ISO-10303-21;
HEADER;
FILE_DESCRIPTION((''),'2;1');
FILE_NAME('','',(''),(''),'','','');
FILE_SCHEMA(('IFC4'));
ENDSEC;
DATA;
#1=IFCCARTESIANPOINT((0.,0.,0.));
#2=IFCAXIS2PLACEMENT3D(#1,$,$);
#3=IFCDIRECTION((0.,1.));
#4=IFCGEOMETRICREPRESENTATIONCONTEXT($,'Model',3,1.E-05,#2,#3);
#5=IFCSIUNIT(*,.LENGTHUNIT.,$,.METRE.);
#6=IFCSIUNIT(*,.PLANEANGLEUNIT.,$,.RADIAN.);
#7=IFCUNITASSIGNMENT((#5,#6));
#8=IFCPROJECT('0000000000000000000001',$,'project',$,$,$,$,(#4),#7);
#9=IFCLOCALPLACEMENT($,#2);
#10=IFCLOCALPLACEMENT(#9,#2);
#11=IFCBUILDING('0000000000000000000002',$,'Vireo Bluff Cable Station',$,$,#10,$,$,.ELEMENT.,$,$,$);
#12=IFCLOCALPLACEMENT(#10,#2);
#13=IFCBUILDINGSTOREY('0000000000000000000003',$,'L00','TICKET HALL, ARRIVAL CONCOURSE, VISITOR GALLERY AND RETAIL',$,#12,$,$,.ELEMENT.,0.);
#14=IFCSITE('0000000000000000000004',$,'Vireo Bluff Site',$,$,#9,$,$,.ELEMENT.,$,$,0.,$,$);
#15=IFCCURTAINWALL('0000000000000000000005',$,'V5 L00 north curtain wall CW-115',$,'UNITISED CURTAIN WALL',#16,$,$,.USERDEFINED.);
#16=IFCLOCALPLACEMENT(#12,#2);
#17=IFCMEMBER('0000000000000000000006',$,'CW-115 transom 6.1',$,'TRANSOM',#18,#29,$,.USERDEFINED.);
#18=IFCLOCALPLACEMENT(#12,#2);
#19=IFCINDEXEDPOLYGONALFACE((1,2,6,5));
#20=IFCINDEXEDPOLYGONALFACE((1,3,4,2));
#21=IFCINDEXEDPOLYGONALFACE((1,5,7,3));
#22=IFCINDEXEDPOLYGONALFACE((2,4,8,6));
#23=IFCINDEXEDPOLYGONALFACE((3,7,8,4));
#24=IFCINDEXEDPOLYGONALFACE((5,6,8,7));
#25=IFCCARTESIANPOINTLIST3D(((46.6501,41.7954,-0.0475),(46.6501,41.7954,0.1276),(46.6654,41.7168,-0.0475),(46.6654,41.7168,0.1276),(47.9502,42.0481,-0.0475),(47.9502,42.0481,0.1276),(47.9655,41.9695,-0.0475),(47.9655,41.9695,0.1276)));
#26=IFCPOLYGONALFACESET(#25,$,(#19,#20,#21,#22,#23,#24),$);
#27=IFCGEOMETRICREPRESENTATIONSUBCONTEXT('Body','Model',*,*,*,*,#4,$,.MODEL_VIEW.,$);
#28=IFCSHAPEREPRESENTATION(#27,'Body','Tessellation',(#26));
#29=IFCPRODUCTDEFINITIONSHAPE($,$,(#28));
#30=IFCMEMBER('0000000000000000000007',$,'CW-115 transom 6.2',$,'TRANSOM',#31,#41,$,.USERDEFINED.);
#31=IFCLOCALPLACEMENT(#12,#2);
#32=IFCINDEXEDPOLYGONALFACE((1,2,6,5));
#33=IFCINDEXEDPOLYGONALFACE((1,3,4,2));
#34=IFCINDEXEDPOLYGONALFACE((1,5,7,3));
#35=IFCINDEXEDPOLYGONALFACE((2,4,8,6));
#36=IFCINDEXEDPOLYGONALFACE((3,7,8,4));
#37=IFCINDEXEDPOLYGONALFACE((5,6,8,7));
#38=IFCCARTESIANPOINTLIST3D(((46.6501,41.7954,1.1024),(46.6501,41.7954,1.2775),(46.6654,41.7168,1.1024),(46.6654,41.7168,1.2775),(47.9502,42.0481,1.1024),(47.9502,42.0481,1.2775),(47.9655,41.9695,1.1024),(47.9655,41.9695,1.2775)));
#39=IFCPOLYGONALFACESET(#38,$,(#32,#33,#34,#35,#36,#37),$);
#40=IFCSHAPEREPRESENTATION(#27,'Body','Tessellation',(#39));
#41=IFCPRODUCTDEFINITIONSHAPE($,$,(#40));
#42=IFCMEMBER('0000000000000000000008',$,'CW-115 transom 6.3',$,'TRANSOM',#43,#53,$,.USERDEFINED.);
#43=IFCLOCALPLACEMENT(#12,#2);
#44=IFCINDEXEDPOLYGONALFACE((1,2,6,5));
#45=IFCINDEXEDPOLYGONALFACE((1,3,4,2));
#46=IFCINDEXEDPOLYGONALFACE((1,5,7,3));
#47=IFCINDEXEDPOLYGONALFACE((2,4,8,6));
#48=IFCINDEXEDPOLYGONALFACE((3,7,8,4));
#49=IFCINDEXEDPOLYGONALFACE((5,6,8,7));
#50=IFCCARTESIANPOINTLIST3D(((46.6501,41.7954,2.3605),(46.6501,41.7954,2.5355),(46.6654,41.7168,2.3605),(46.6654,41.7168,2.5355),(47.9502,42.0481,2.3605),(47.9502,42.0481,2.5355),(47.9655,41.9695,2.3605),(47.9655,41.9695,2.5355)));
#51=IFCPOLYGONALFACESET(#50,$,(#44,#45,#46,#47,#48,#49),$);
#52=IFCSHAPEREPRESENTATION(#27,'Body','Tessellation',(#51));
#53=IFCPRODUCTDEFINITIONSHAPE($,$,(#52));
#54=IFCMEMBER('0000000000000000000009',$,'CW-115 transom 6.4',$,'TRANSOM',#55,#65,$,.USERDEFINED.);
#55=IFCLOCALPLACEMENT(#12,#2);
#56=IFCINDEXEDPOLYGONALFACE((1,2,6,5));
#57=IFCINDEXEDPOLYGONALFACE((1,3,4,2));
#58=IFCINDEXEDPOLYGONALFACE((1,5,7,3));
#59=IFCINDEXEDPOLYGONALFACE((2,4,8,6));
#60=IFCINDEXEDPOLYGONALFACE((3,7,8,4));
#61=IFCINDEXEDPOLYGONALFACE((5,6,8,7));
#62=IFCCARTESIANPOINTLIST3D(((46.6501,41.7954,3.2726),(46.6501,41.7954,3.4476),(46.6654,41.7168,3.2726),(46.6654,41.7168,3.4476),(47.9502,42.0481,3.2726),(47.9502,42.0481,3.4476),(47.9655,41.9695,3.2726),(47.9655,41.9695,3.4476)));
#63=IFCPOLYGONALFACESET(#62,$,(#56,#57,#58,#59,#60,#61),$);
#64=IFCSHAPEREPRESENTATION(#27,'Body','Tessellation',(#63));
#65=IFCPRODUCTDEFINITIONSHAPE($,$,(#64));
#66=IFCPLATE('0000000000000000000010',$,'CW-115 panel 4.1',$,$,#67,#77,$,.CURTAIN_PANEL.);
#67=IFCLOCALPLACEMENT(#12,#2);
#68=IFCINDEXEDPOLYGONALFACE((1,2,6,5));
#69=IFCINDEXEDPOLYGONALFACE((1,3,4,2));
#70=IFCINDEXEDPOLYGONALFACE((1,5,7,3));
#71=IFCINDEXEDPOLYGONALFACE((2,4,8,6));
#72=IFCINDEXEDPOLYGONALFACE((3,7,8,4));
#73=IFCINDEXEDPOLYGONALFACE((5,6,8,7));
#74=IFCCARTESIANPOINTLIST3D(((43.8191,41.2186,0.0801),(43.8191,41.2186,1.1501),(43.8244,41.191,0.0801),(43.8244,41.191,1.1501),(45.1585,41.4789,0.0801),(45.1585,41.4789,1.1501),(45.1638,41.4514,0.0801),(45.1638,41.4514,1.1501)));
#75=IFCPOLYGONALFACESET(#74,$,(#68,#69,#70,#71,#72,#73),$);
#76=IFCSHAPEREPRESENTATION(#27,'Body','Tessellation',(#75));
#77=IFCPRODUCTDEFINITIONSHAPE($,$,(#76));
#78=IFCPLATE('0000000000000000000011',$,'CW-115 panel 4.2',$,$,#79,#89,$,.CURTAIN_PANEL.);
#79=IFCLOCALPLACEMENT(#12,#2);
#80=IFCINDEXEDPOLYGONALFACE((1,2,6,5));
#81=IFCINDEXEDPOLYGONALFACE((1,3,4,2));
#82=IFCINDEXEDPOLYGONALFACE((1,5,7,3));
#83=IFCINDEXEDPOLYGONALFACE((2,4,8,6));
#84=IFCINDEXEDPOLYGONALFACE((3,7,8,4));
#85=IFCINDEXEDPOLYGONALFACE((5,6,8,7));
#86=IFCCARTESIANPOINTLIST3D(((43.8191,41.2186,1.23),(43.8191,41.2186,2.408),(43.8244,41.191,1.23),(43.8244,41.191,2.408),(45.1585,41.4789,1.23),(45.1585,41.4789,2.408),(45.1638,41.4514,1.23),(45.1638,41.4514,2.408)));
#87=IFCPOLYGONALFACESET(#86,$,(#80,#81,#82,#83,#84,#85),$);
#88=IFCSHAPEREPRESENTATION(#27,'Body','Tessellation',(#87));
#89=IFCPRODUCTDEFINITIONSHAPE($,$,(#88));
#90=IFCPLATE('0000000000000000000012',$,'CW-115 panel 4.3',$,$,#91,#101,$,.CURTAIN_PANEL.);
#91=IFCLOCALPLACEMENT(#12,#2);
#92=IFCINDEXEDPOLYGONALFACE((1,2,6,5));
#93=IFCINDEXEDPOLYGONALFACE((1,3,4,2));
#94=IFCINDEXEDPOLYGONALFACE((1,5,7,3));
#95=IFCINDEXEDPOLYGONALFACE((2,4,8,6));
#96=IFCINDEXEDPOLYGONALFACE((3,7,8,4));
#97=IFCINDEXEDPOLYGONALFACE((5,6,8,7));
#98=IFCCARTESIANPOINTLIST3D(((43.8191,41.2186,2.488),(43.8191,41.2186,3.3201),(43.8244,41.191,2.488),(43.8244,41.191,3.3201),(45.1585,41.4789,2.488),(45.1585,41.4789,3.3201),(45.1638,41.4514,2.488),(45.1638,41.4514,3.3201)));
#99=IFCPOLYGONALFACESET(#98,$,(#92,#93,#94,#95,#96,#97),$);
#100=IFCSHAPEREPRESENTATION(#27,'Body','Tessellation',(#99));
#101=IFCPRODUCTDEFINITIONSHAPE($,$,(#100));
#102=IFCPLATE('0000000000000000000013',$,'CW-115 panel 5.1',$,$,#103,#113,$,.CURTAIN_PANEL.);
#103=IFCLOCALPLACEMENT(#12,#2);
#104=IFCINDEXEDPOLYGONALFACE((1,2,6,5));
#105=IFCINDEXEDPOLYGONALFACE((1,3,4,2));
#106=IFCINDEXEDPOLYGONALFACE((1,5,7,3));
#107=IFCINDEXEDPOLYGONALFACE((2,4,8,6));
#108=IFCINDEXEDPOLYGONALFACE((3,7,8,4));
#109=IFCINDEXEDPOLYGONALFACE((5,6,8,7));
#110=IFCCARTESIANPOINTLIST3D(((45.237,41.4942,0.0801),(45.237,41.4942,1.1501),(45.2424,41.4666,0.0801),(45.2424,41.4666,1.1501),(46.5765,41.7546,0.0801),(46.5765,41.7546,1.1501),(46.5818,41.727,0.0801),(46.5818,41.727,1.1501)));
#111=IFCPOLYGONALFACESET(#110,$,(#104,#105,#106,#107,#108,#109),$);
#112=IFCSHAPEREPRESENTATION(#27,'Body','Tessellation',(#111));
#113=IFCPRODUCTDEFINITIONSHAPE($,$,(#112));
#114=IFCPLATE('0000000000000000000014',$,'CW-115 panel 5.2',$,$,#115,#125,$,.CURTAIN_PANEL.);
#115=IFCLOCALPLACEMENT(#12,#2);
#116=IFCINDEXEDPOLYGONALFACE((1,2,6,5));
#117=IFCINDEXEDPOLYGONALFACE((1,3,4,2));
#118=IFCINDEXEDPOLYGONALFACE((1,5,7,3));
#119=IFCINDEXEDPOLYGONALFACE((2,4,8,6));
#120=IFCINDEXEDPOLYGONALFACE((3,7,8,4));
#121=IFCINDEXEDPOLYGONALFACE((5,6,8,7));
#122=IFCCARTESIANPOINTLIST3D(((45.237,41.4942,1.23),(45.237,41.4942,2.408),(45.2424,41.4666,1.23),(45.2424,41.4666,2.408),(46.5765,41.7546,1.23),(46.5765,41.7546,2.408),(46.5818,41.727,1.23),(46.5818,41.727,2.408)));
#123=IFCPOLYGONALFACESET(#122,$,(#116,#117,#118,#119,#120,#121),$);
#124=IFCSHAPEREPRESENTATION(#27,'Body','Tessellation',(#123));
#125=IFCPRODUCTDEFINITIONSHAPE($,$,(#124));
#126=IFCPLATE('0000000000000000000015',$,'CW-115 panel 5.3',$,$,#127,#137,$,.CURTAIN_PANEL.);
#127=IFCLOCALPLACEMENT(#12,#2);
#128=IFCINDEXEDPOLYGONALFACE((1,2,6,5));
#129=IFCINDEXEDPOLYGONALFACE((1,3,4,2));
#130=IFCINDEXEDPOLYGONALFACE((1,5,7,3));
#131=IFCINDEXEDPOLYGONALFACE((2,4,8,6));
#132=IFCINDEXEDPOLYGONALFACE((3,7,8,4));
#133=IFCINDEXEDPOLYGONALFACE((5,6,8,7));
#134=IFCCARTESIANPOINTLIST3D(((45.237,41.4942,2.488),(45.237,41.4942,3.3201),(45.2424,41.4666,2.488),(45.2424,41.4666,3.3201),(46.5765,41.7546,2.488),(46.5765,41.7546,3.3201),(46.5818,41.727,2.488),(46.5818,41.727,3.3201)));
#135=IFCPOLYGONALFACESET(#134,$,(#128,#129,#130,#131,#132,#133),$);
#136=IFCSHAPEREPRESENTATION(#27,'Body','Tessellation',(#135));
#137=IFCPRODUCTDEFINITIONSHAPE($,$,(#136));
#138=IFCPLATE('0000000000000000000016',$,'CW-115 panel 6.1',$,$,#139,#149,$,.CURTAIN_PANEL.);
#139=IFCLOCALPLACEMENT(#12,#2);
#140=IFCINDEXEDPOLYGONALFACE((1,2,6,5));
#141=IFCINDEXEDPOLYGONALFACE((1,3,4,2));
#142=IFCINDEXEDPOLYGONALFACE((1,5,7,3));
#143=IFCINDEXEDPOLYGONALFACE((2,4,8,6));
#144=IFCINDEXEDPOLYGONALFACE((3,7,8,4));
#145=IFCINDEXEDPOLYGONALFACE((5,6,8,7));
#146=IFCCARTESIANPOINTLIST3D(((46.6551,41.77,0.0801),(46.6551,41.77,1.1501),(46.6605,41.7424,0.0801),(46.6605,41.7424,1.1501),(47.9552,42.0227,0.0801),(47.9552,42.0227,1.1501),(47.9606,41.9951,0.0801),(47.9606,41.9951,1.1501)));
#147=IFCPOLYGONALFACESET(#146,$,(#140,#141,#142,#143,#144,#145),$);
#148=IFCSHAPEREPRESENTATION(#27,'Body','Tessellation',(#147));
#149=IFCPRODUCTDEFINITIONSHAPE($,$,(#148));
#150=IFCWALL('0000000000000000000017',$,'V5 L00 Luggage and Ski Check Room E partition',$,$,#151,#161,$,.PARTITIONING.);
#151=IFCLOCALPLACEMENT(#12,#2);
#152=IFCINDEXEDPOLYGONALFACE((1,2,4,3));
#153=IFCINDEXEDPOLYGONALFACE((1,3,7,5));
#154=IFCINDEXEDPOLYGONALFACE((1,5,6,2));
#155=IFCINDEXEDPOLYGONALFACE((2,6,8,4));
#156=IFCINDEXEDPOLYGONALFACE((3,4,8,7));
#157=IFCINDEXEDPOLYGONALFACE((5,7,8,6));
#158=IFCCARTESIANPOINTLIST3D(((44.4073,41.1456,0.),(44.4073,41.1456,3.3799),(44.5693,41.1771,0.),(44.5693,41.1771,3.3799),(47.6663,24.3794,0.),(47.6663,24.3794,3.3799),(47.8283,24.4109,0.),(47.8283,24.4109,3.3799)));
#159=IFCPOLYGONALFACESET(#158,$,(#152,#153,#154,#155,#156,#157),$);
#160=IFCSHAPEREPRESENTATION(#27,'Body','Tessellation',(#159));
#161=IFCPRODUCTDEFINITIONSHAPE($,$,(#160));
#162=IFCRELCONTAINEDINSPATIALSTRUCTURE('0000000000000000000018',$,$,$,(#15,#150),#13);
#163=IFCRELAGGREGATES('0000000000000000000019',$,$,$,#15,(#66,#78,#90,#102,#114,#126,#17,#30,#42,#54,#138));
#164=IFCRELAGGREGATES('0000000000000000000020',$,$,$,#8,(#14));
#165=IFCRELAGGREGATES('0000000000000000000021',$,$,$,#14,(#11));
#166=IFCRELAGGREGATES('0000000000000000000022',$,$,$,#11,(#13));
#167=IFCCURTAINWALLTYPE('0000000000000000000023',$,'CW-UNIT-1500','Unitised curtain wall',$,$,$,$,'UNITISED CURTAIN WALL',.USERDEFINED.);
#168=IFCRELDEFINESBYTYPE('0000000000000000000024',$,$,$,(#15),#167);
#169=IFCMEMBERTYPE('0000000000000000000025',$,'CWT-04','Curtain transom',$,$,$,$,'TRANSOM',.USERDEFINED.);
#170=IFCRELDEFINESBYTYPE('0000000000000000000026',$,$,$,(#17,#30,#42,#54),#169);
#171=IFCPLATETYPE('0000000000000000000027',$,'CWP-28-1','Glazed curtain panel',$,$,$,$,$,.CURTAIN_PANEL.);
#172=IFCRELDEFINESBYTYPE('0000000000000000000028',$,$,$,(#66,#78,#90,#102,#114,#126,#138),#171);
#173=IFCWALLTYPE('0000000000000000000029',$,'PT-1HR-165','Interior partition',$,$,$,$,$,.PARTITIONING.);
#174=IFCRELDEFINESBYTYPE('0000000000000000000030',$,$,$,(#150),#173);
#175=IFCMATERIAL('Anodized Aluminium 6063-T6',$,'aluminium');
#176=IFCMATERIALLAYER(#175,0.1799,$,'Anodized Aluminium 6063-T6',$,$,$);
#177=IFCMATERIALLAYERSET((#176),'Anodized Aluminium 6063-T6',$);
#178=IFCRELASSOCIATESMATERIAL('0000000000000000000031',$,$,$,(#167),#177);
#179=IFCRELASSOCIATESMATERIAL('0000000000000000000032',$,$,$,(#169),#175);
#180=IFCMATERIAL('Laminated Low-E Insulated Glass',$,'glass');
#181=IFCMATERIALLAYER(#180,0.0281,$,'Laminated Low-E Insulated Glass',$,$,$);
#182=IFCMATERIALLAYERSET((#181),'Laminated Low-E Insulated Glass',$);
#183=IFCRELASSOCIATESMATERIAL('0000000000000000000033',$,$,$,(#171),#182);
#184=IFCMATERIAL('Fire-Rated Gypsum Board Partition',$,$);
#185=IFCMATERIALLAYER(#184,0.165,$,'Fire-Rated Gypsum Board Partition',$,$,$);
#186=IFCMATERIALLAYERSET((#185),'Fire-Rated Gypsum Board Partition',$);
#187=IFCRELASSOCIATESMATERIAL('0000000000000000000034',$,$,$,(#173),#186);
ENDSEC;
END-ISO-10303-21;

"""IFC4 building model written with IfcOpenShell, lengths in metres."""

from ifc_helpers import new_model, si_unit, direction, frame, frame_2d, origin, origin_2d, place, context, subcontext, project, spatial, rectangle, extrude, material, layer, layer_set, material_profile, profile_set, type_object, element, aggregate, save


model = new_model("IFC4")

# Units and contexts
model_context = context("Model", 3, precision=1e-05, world=origin(), true_north=direction((0.0, 1.0)))
body_context = subcontext(model_context, "Body", "Model", "MODEL_VIEW")
ifc_project = project(units=[si_unit("LENGTHUNIT", "METRE"), si_unit("PLANEANGLEUNIT", "RADIAN")], contexts=[model_context])

# Site, building, storey
site_placement = place(None, origin())
site = spatial("IfcSite", under=ifc_project, at=site_placement, Name="Vireo Bluff Site", CompositionType="ELEMENT", RefElevation=0.0)
building_placement = place(site_placement, origin())
building = spatial("IfcBuilding", under=site, at=building_placement, Name="Vireo Bluff Cable Station", CompositionType="ELEMENT")
storey_placement = place(building_placement, origin())
storey = spatial("IfcBuildingStorey", under=building, at=storey_placement, Name="L00", Description="TICKET HALL, ARRIVAL CONCOURSE, VISITOR GALLERY AND RETAIL", CompositionType="ELEMENT", Elevation=0.0)

# Curtain wall, members, plates
ifc_material_1 = material(Name="Anodized Aluminium 6063-T6", Category="aluminium")
ifc_layer_1 = layer(ifc_material_1, 0.1799, Name="Anodized Aluminium 6063-T6")
ifc_layer_set_1 = layer_set([ifc_layer_1], Name="Anodized Aluminium 6063-T6")
curtain_wall_type = type_object("IfcCurtainWallType", Name="CW-UNIT-1500", Description="Unitised curtain wall", ElementType="UNITISED CURTAIN WALL", PredefinedType="USERDEFINED", material=ifc_layer_set_1)
curtain_wall_placement = place(storey_placement, origin())
curtain_wall = element("IfcCurtainWall", 1, at=curtain_wall_placement, inside=storey, type_object=curtain_wall_type, Name="V5 L00 north curtain wall CW-115", ObjectType="UNITISED CURTAIN WALL", PredefinedType="USERDEFINED")
ifc_material_profile_1 = material_profile(ifc_material_1, rectangle(XDim=0.0801, YDim=0.175, at=origin_2d()), Name="ALU-T-80X175")
ifc_profile_set_1 = profile_set([ifc_material_profile_1], Name="Anodized Aluminium 6063-T6")
member_type_1 = type_object("IfcMemberType", Name="CWT-04", Description="Curtain transom", ElementType="TRANSOM", PredefinedType="USERDEFINED", material=ifc_profile_set_1)
member_1_placement = place(storey_placement, frame((46.6577, 41.7561, 0.04), z_axis=(0.98163, 0.190796, 0.0), x_axis=(-0.190796, 0.98163, 0.0)))
member_1 = element("IfcMember", 2, at=member_1_placement, type_object=member_type_1, Name="CW-115 transom 6.1", ObjectType="TRANSOM", PredefinedType="USERDEFINED", context=body_context, shape_type="SweptSolid", body=[
    extrude(rectangle(XDim=0.0801, YDim=0.175, at=origin_2d()), origin(), (0.0, 0.0, 1.0), 1.3245),
])
member_2_placement = place(storey_placement, frame((46.6577, 41.7561, 1.1899), z_axis=(0.98163, 0.190796, 0.0), x_axis=(-0.190796, 0.98163, 0.0)))
member_2 = element("IfcMember", 3, at=member_2_placement, type_object=member_type_1, Name="CW-115 transom 6.2", ObjectType="TRANSOM", PredefinedType="USERDEFINED", context=body_context, shape_type="SweptSolid", body=[
    extrude(rectangle(XDim=0.0801, YDim=0.175, at=origin_2d()), origin(), (0.0, 0.0, 1.0), 1.3245),
])
member_3_placement = place(storey_placement, frame((46.6577, 41.7561, 2.448), z_axis=(0.98163, 0.190796, 0.0), x_axis=(-0.190796, 0.98163, 0.0)))
member_3 = element("IfcMember", 4, at=member_3_placement, type_object=member_type_1, Name="CW-115 transom 6.3", ObjectType="TRANSOM", PredefinedType="USERDEFINED", context=body_context, shape_type="SweptSolid", body=[
    extrude(rectangle(XDim=0.0801, YDim=0.175, at=origin_2d()), origin(), (0.0, 0.0, 1.0), 1.3245),
])
member_4_placement = place(storey_placement, frame((46.6577, 41.7561, 3.3601), z_axis=(0.98163, 0.190796, 0.0), x_axis=(-0.190796, 0.98163, 0.0)))
member_4 = element("IfcMember", 5, at=member_4_placement, type_object=member_type_1, Name="CW-115 transom 6.4", ObjectType="TRANSOM", PredefinedType="USERDEFINED", context=body_context, shape_type="SweptSolid", body=[
    extrude(rectangle(XDim=0.0801, YDim=0.175, at=origin_2d()), origin(), (0.0, 0.0, 1.0), 1.3245),
])
ifc_material_2 = material(Name="Laminated Low-E Insulated Glass", Category="glass")
ifc_layer_2 = layer(ifc_material_2, 0.0281, Name="Laminated Low-E Insulated Glass")
ifc_layer_set_2 = layer_set([ifc_layer_2], Name="Laminated Low-E Insulated Glass")
plate_type = type_object("IfcPlateType", Name="CWP-28-1", Description="Glazed curtain panel", PredefinedType="CURTAIN_PANEL", material=ifc_layer_set_2)
plate_1_placement = place(storey_placement, frame((44.4915, 41.335, 0.0801), z_axis=(0.0, 0.0, 1.0), x_axis=(0.981627, 0.190809, 0.0)))
plate_1 = element("IfcPlate", 6, at=plate_1_placement, type_object=plate_type, Name="CW-115 panel 4.1", PredefinedType="CURTAIN_PANEL", context=body_context, shape_type="SweptSolid", body=[
    extrude(rectangle(XDim=1.3645, YDim=0.0281, at=origin_2d()), origin(), (0.0, 0.0, 1.0), 1.0701),
])
plate_2_placement = place(storey_placement, frame((44.4915, 41.335, 1.23), z_axis=(0.0, 0.0, 1.0), x_axis=(0.981627, 0.190809, 0.0)))
plate_2 = element("IfcPlate", 7, at=plate_2_placement, type_object=plate_type, Name="CW-115 panel 4.2", PredefinedType="CURTAIN_PANEL", context=body_context, shape_type="SweptSolid", body=[
    extrude(rectangle(XDim=1.3645, YDim=0.0281, at=origin_2d()), origin(), (0.0, 0.0, 1.0), 1.178),
])
plate_3_placement = place(storey_placement, frame((44.4915, 41.335, 2.488), z_axis=(0.0, 0.0, 1.0), x_axis=(0.981627, 0.190809, 0.0)))
plate_3 = element("IfcPlate", 8, at=plate_3_placement, type_object=plate_type, Name="CW-115 panel 4.3", PredefinedType="CURTAIN_PANEL", context=body_context, shape_type="SweptSolid", body=[
    extrude(rectangle(XDim=1.3645, YDim=0.0281, at=origin_2d()), origin(), (0.0, 0.0, 1.0), 0.832),
])
plate_4_placement = place(storey_placement, frame((45.9094, 41.6106, 0.0801), z_axis=(0.0, 0.0, 1.0), x_axis=(0.981627, 0.190809, 0.0)))
plate_4 = element("IfcPlate", 9, at=plate_4_placement, type_object=plate_type, Name="CW-115 panel 5.1", PredefinedType="CURTAIN_PANEL", context=body_context, shape_type="SweptSolid", body=[
    extrude(rectangle(XDim=1.3645, YDim=0.0281, at=origin_2d()), origin(), (0.0, 0.0, 1.0), 1.0701),
])
plate_5_placement = place(storey_placement, frame((45.9094, 41.6106, 1.23), z_axis=(0.0, 0.0, 1.0), x_axis=(0.981627, 0.190809, 0.0)))
plate_5 = element("IfcPlate", 10, at=plate_5_placement, type_object=plate_type, Name="CW-115 panel 5.2", PredefinedType="CURTAIN_PANEL", context=body_context, shape_type="SweptSolid", body=[
    extrude(rectangle(XDim=1.3645, YDim=0.0281, at=origin_2d()), origin(), (0.0, 0.0, 1.0), 1.178),
])
plate_6_placement = place(storey_placement, frame((45.9094, 41.6106, 2.488), z_axis=(0.0, 0.0, 1.0), x_axis=(0.981627, 0.190809, 0.0)))
plate_6 = element("IfcPlate", 11, at=plate_6_placement, type_object=plate_type, Name="CW-115 panel 5.3", PredefinedType="CURTAIN_PANEL", context=body_context, shape_type="SweptSolid", body=[
    extrude(rectangle(XDim=1.3645, YDim=0.0281, at=origin_2d()), origin(), (0.0, 0.0, 1.0), 0.832),
])
plate_7_placement = place(storey_placement, frame((47.3079, 41.8826, 0.0801), z_axis=(0.0, 0.0, 1.0), x_axis=(0.981627, 0.190809, 0.0)))
plate_7 = element("IfcPlate", 12, at=plate_7_placement, type_object=plate_type, Name="CW-115 panel 6.1", PredefinedType="CURTAIN_PANEL", context=body_context, shape_type="SweptSolid", body=[
    extrude(rectangle(XDim=1.3245, YDim=0.0281, at=origin_2d()), origin(), (0.0, 0.0, 1.0), 1.0701),
])
aggregate(curtain_wall, [plate_1, plate_2, plate_3, plate_4, plate_5, plate_6, member_1, member_2, member_3, member_4, plate_7])

# Wall
ifc_material_3 = material(Name="Fire-Rated Gypsum Board Partition")
ifc_layer_3 = layer(ifc_material_3, 0.165, Name="Fire-Rated Gypsum Board Partition")
ifc_layer_set_3 = layer_set([ifc_layer_3], Name="Fire-Rated Gypsum Board Partition")
wall_type = type_object("IfcWallType", Name="PT-1HR-165", Description="Interior partition", PredefinedType="PARTITIONING", material=ifc_layer_set_3)
wall_placement = place(storey_placement, frame((44.4883, 41.1614, 0.0), z_axis=(0.0, 0.0, 1.0), x_axis=(0.190808, -0.981627, 0.0)))
element("IfcWall", 13, at=wall_placement, inside=storey, type_object=wall_type, Name="V5 L00 Luggage and Ski Check Room E partition", PredefinedType="PARTITIONING", context=body_context, shape_type="SweptSolid", body=[
    extrude(rectangle(XDim=17.0801, YDim=0.165, at=frame_2d((8.54, 0.0))), origin(), (0.0, 0.0, 1.0), 3.3799),
])

save(model, "model.ifc")
